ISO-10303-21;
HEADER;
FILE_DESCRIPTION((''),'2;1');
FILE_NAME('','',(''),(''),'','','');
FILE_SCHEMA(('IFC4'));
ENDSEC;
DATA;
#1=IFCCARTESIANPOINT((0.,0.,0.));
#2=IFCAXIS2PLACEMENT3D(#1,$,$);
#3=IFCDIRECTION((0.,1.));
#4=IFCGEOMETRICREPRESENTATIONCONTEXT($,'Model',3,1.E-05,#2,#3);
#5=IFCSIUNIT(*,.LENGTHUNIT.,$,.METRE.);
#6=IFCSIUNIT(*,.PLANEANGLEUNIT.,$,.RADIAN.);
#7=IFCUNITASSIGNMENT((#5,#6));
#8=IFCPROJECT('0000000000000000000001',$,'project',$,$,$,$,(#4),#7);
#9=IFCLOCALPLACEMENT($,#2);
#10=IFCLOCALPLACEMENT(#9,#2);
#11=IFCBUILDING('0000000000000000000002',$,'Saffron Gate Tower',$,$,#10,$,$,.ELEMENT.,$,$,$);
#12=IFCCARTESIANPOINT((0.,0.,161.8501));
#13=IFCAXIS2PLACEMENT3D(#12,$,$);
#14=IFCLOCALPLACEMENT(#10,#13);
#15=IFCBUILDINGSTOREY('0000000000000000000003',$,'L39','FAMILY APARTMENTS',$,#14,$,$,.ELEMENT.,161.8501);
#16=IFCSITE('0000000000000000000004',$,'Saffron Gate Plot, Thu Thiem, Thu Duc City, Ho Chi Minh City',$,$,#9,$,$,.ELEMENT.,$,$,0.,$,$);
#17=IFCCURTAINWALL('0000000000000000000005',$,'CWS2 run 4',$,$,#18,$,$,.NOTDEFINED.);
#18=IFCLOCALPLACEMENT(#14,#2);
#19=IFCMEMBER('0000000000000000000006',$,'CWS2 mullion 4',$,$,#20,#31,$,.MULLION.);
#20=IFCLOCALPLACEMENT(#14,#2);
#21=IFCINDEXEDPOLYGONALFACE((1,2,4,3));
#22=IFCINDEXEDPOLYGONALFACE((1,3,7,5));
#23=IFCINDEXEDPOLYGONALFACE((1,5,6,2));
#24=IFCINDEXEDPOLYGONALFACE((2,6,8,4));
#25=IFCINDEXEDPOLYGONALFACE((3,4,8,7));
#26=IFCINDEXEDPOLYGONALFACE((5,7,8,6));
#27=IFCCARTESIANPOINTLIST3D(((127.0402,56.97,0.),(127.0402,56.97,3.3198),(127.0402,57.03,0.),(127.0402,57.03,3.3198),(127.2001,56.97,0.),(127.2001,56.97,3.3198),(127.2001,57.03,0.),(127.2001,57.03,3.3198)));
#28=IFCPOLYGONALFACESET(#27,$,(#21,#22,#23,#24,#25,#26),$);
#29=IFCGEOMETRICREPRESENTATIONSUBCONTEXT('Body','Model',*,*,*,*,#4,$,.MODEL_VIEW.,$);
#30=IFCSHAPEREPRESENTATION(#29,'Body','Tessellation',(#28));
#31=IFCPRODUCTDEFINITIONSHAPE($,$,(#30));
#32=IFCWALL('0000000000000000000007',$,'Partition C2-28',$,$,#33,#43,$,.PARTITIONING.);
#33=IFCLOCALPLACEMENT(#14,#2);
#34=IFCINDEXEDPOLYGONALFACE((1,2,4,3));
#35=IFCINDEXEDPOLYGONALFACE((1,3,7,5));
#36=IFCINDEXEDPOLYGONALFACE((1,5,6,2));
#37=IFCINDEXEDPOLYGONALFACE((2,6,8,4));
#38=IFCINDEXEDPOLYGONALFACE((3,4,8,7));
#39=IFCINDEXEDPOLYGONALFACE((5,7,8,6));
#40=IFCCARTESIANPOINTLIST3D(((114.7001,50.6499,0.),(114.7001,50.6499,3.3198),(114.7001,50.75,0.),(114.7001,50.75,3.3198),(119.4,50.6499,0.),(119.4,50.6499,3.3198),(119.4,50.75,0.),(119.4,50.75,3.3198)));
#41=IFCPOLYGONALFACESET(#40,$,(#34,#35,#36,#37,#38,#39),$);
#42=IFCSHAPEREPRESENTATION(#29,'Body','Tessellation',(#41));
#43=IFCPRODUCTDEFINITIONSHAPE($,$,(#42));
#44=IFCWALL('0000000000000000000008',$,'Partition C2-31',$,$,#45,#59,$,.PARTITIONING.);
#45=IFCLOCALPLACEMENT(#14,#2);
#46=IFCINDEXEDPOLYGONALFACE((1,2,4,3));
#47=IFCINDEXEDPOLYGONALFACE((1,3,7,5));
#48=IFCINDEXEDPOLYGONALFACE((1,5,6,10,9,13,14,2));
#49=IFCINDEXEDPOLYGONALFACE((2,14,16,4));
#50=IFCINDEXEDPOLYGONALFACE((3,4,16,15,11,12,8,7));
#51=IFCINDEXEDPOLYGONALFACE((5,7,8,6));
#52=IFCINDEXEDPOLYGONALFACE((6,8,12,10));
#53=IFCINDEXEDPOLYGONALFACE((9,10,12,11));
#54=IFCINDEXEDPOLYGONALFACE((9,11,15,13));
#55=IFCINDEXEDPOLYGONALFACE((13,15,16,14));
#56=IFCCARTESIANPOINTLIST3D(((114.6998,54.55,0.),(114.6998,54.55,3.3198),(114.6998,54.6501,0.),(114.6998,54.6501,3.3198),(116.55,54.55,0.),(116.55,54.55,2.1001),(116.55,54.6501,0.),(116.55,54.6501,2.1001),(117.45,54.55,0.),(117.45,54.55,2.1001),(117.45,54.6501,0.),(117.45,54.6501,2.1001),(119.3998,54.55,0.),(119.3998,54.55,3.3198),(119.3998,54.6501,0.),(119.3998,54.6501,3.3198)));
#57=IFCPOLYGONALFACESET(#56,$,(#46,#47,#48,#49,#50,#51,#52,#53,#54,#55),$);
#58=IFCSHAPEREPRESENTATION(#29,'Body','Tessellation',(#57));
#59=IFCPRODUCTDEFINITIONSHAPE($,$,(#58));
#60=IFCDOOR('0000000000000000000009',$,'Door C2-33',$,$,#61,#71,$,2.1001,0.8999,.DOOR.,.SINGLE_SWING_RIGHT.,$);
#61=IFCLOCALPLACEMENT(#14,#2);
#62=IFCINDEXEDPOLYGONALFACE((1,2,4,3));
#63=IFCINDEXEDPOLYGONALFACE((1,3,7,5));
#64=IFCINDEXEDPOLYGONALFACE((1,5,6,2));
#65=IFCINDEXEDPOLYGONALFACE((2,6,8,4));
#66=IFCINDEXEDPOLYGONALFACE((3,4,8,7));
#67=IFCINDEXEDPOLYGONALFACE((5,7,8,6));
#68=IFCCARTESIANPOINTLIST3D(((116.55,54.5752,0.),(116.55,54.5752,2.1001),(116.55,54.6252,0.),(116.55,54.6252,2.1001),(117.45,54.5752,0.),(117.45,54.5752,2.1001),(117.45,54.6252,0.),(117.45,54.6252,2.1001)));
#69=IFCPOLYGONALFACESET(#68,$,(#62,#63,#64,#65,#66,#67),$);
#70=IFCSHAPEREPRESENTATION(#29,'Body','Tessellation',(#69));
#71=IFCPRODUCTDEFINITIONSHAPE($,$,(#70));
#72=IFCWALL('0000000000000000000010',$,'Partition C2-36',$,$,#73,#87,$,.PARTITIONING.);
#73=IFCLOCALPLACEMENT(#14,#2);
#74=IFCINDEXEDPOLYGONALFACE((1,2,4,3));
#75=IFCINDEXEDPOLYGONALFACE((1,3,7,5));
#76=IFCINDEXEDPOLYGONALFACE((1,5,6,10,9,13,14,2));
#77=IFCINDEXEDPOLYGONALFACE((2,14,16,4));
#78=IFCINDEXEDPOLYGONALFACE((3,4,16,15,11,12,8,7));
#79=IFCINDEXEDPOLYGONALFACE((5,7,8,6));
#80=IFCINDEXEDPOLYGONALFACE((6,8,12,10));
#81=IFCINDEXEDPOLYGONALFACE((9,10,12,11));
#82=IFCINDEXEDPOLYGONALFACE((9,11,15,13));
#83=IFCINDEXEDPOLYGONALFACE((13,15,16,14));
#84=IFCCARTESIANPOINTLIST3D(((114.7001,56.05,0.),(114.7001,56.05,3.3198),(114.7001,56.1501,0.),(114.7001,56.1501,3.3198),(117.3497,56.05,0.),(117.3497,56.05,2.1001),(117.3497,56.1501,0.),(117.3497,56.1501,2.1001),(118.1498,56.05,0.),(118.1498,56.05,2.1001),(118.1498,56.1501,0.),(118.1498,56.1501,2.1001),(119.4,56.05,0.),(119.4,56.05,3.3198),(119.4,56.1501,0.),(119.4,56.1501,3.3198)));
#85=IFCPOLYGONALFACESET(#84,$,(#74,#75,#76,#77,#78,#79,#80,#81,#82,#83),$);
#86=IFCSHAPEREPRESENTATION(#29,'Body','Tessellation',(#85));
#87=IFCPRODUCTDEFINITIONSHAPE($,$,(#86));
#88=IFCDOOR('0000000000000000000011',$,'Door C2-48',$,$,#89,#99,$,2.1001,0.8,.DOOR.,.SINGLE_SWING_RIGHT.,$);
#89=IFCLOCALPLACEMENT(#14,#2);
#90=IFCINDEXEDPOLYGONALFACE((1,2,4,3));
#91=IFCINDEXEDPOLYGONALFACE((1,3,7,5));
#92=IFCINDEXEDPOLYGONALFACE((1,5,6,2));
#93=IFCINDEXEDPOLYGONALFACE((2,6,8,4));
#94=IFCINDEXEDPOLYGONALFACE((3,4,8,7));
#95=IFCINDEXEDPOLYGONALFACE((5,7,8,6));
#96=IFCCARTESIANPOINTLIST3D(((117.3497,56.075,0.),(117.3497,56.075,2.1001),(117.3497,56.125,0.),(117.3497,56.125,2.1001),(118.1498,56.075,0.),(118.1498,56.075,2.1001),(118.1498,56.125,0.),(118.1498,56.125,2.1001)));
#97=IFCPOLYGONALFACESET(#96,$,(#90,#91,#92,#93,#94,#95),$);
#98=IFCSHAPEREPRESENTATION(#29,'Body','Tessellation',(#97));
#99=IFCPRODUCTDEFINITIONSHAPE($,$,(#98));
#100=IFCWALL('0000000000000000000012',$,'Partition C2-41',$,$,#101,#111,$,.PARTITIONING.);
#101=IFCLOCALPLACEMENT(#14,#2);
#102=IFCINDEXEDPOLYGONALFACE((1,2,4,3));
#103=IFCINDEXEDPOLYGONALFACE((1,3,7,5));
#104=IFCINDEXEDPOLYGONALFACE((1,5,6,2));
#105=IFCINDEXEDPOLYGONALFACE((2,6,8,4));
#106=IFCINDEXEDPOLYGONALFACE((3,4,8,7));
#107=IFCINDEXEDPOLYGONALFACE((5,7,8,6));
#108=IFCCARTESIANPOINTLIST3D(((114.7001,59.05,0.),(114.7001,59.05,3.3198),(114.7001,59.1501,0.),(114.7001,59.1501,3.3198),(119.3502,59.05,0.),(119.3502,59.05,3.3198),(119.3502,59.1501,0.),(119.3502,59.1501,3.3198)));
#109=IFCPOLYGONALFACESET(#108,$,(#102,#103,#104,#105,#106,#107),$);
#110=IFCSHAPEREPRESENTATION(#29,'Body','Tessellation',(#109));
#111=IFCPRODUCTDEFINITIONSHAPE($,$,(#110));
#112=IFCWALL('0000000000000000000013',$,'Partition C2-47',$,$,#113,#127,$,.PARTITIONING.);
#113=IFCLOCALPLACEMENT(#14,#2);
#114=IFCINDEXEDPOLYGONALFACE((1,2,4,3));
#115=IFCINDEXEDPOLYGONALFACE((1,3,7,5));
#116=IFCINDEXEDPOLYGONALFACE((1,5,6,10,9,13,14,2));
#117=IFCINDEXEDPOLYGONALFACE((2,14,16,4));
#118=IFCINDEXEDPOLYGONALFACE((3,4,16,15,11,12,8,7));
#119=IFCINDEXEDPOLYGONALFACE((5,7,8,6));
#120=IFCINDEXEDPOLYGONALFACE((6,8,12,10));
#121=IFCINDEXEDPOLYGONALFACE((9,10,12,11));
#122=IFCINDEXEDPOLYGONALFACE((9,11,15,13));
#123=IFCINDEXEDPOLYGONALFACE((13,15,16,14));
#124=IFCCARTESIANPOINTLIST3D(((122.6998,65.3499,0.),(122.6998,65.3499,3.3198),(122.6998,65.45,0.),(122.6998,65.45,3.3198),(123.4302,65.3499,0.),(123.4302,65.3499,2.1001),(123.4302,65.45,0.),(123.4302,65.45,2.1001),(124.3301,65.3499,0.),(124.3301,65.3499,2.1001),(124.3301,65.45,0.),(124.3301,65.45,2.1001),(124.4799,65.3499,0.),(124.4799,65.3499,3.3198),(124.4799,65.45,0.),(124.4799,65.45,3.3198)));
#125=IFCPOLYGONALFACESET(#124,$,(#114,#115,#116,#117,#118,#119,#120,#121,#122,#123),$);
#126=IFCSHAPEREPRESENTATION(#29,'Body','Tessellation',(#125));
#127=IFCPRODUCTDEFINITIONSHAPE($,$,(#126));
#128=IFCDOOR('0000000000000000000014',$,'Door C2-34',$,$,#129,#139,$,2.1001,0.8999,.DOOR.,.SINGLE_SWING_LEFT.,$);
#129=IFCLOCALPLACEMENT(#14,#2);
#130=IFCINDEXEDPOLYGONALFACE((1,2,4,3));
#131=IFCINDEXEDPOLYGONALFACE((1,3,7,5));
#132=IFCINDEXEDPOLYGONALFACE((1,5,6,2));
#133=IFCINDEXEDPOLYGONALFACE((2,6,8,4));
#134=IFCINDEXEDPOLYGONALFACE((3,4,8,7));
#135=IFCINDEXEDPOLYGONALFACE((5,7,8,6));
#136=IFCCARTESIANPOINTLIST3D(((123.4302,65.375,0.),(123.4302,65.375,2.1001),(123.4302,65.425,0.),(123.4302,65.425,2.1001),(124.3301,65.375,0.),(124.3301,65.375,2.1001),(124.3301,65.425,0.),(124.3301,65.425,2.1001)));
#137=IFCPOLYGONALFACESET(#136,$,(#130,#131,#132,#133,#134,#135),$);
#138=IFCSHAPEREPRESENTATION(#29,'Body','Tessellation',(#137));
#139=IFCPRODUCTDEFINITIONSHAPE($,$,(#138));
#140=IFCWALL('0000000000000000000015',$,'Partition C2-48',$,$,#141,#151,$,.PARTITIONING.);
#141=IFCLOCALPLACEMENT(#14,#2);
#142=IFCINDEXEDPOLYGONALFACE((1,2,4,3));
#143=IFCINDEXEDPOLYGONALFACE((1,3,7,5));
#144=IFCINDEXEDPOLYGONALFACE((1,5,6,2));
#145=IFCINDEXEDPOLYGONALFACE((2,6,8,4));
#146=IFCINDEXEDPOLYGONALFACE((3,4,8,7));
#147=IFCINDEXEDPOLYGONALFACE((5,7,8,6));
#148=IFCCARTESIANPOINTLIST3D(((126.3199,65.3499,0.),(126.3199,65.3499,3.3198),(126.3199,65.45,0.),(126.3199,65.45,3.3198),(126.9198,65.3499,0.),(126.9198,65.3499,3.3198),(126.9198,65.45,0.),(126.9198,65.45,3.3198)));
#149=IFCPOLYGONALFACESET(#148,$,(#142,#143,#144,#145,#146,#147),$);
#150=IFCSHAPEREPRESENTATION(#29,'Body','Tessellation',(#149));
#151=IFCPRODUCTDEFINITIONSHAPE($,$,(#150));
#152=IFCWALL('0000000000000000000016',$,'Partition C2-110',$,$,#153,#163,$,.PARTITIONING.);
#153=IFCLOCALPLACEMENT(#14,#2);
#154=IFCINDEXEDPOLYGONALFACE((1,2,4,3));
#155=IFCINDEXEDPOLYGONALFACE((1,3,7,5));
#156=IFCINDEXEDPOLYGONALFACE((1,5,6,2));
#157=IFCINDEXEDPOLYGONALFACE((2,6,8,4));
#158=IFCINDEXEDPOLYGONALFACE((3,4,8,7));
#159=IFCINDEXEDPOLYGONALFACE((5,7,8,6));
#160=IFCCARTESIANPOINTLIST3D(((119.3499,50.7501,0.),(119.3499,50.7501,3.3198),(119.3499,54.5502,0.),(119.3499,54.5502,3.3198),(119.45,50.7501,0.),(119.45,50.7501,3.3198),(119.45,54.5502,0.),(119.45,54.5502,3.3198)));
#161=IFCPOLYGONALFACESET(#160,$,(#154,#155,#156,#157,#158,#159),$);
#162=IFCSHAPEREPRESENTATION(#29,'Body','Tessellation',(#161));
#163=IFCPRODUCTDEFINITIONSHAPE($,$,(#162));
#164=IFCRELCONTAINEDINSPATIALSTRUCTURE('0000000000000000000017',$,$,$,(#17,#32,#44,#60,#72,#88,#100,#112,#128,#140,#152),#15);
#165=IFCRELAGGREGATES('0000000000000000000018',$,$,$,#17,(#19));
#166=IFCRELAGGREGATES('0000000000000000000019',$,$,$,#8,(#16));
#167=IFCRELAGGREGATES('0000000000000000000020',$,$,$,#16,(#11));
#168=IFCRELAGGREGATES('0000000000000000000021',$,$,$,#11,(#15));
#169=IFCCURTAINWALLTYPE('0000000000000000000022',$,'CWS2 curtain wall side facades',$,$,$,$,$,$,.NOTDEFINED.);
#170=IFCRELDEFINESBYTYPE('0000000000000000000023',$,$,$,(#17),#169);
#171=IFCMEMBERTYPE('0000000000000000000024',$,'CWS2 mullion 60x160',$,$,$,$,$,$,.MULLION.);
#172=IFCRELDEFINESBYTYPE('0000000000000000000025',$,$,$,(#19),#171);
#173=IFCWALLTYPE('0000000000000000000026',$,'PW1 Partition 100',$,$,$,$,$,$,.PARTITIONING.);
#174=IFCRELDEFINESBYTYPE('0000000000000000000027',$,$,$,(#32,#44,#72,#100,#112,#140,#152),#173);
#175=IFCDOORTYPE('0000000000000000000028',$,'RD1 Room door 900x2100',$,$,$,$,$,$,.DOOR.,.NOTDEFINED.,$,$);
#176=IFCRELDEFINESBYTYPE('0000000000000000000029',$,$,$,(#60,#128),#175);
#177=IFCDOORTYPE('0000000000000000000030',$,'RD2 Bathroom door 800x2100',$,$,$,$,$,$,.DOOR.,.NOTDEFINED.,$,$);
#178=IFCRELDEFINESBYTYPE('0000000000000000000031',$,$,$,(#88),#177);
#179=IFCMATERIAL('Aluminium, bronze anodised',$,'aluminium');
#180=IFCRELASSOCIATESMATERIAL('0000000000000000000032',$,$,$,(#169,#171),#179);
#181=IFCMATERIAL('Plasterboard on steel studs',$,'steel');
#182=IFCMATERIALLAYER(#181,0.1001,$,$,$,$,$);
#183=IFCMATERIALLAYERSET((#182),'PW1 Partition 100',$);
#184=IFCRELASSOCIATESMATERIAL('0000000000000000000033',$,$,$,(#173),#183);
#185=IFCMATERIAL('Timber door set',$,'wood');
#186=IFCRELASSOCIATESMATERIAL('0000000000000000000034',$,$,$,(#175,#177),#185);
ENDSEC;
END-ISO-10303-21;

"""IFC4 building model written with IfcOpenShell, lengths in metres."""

from ifc_helpers import new_model, si_unit, direction, frame, frame_2d, origin, origin_2d, place, context, subcontext, project, spatial, rectangle, extrude, material, layer, layer_set, material_profile, profile_set, type_object, element, fill, aggregate, save


model = new_model("IFC4")

# Units and contexts
model_context = context("Model", 3, precision=1e-05, world=origin(), true_north=direction((0.0, 1.0)))
body_context = subcontext(model_context, "Body", "Model", "MODEL_VIEW")
ifc_project = project(units=[si_unit("LENGTHUNIT", "METRE"), si_unit("PLANEANGLEUNIT", "RADIAN")], contexts=[model_context])

# Site, building, storey
site_placement = place(None, origin())
site = spatial("IfcSite", under=ifc_project, at=site_placement, Name="Saffron Gate Plot, Thu Thiem, Thu Duc City, Ho Chi Minh City", CompositionType="ELEMENT", RefElevation=0.0)
building_placement = place(site_placement, origin())
building = spatial("IfcBuilding", under=site, at=building_placement, Name="Saffron Gate Tower", CompositionType="ELEMENT")
storey_placement = place(building_placement, frame((0.0, 0.0, 161.8501)))
storey = spatial("IfcBuildingStorey", under=building, at=storey_placement, Name="L39", Description="FAMILY APARTMENTS", CompositionType="ELEMENT", Elevation=161.8501)

# Curtain wall, member
ifc_material_1 = material(Name="Aluminium, bronze anodised", Category="aluminium")
curtain_wall_type = type_object("IfcCurtainWallType", Name="CWS2 curtain wall side facades", PredefinedType="NOTDEFINED", material=ifc_material_1)
curtain_wall_placement = place(storey_placement, origin())
curtain_wall = element("IfcCurtainWall", 1, at=curtain_wall_placement, inside=storey, type_object=curtain_wall_type, Name="CWS2 run 4", PredefinedType="NOTDEFINED")
ifc_material_profile_1 = material_profile(ifc_material_1, rectangle(XDim=0.1599, YDim=0.0601, at=origin_2d()))
ifc_profile_set_1 = profile_set([ifc_material_profile_1], Name="Aluminium, bronze anodised")
member_type = type_object("IfcMemberType", Name="CWS2 mullion 60x160", PredefinedType="MULLION", material=ifc_profile_set_1)
member_placement = place(storey_placement, frame((127.1201, 57.0, 0.0), z_axis=(0.0, 0.0, 1.0), x_axis=(-1.0, 0.0, 0.0)))
member = element("IfcMember", 2, at=member_placement, type_object=member_type, Name="CWS2 mullion 4", PredefinedType="MULLION", context=body_context, shape_type="SweptSolid", body=[
    extrude(rectangle(XDim=0.1599, YDim=0.0601, at=origin_2d()), origin(), (0.0, 0.0, 1.0), 3.3198),
])
aggregate(curtain_wall, [member])

# Wall
ifc_material_2 = material(Name="Plasterboard on steel studs", Category="steel")
ifc_layer_1 = layer(ifc_material_2, 0.1001)
ifc_layer_set_1 = layer_set([ifc_layer_1], Name="PW1 Partition 100")
wall_type_1 = type_object("IfcWallType", Name="PW1 Partition 100", PredefinedType="PARTITIONING", material=ifc_layer_set_1)
wall_1_placement = place(storey_placement, frame((114.7, 50.7, 0.0), z_axis=(0.0, 0.0, 1.0), x_axis=(1.0, 0.0, 0.0)))
element("IfcWall", 3, at=wall_1_placement, inside=storey, type_object=wall_type_1, Name="Partition C2-28", PredefinedType="PARTITIONING", context=body_context, shape_type="SweptSolid", body=[
    extrude(rectangle(XDim=4.7, YDim=0.1001, at=frame_2d((2.3501, 0.0))), origin(), (0.0, 0.0, 1.0), 3.3198),
])

# Walls, openings, doors
wall_2_placement = place(storey_placement, frame((119.3999, 54.6001, 0.0), z_axis=(0.0, 0.0, 1.0), x_axis=(-1.0, 0.0, 0.0)))
wall_2 = element("IfcWall", 4, at=wall_2_placement, inside=storey, type_object=wall_type_1, Name="Partition C2-31", PredefinedType="PARTITIONING", context=body_context, shape_type="SweptSolid", body=[
    extrude(rectangle(XDim=4.7, YDim=0.1001, at=frame_2d((2.3501, 0.0))), origin(), (0.0, 0.0, 1.0), 3.3198),
])
opening_1_placement = place(wall_2_placement, frame((1.95, 0.0, 0.0)))
opening_1 = element("IfcOpeningElement", 5, at=opening_1_placement, cuts=wall_2, PredefinedType="OPENING", context=body_context, shape_type="SweptSolid", body=[
    extrude(rectangle(XDim=0.8999, YDim=2.1001, at=frame_2d((0.45, 1.05))), frame((0.0, 0.0601, 0.0), z_axis=(0.0, -1.0, 0.0), x_axis=(1.0, 0.0, 0.0)), (0.0, 0.0, 1.0), 0.1201),
])
ifc_material_3 = material(Name="Timber door set", Category="wood")
door_type_1 = type_object("IfcDoorType", Name="RD1 Room door 900x2100", OperationType="NOTDEFINED", PredefinedType="DOOR", material=ifc_material_3)
door_1_placement = place(opening_1_placement, origin())
door_1 = element("IfcDoor", 6, at=door_1_placement, inside=storey, type_object=door_type_1, Name="Door C2-33", OperationType="SINGLE_SWING_RIGHT", OverallHeight=2.1001, OverallWidth=0.8999, PredefinedType="DOOR", context=body_context, shape_type="SweptSolid", body=[
    extrude(rectangle(XDim=0.8999, YDim=2.1001, at=frame_2d((0.45, 1.05))), frame((0.0, 0.0249, 0.0), z_axis=(0.0, -1.0, 0.0), x_axis=(1.0, 0.0, 0.0)), (0.0, 0.0, 1.0), 0.05),
])
fill(opening_1, door_1)
wall_3_placement = place(storey_placement, frame((114.7, 56.1001, 0.0), z_axis=(0.0, 0.0, 1.0), x_axis=(1.0, 0.0, 0.0)))
wall_3 = element("IfcWall", 7, at=wall_3_placement, inside=storey, type_object=wall_type_1, Name="Partition C2-36", PredefinedType="PARTITIONING", context=body_context, shape_type="SweptSolid", body=[
    extrude(rectangle(XDim=4.7, YDim=0.1001, at=frame_2d((2.3501, 0.0))), origin(), (0.0, 0.0, 1.0), 3.3198),
])
opening_2_placement = place(wall_3_placement, frame((2.6499, 0.0, 0.0)))
opening_2 = element("IfcOpeningElement", 8, at=opening_2_placement, cuts=wall_3, PredefinedType="OPENING", context=body_context, shape_type="SweptSolid", body=[
    extrude(rectangle(XDim=0.8, YDim=2.1001, at=frame_2d((0.3999, 1.05))), frame((0.0, 0.0601, 0.0), z_axis=(0.0, -1.0, 0.0), x_axis=(1.0, 0.0, 0.0)), (0.0, 0.0, 1.0), 0.1201),
])
door_type_2 = type_object("IfcDoorType", Name="RD2 Bathroom door 800x2100", OperationType="NOTDEFINED", PredefinedType="DOOR", material=ifc_material_3)
door_2_placement = place(opening_2_placement, origin())
door_2 = element("IfcDoor", 9, at=door_2_placement, inside=storey, type_object=door_type_2, Name="Door C2-48", OperationType="SINGLE_SWING_RIGHT", OverallHeight=2.1001, OverallWidth=0.8, PredefinedType="DOOR", context=body_context, shape_type="SweptSolid", body=[
    extrude(rectangle(XDim=0.8, YDim=2.1001, at=frame_2d((0.3999, 1.05))), frame((0.0, 0.0249, 0.0), z_axis=(0.0, -1.0, 0.0), x_axis=(1.0, 0.0, 0.0)), (0.0, 0.0, 1.0), 0.05),
])
fill(opening_2, door_2)

# Wall
wall_4_placement = place(storey_placement, frame((114.7, 59.1001, 0.0), z_axis=(0.0, 0.0, 1.0), x_axis=(1.0, 0.0, 0.0)))
element("IfcWall", 10, at=wall_4_placement, inside=storey, type_object=wall_type_1, Name="Partition C2-41", PredefinedType="PARTITIONING", context=body_context, shape_type="SweptSolid", body=[
    extrude(rectangle(XDim=4.6501, YDim=0.1001, at=frame_2d((2.3252, 0.0))), origin(), (0.0, 0.0, 1.0), 3.3198),
])

# Wall, opening, door
wall_5_placement = place(storey_placement, frame((124.48, 65.3999, 0.0), z_axis=(0.0, 0.0, 1.0), x_axis=(-1.0, 0.0, 0.0)))
wall_5 = element("IfcWall", 11, at=wall_5_placement, inside=storey, type_object=wall_type_1, Name="Partition C2-47", PredefinedType="PARTITIONING", context=body_context, shape_type="SweptSolid", body=[
    extrude(rectangle(XDim=1.78, YDim=0.1001, at=frame_2d((0.8901, 0.0))), origin(), (0.0, 0.0, 1.0), 3.3198),
])
opening_3_placement = place(wall_5_placement, frame((0.1499, 0.0, 0.0)))
opening_3 = element("IfcOpeningElement", 12, at=opening_3_placement, cuts=wall_5, PredefinedType="OPENING", context=body_context, shape_type="SweptSolid", body=[
    extrude(rectangle(XDim=0.8999, YDim=2.1001, at=frame_2d((0.45, 1.05))), frame((0.0, 0.0601, 0.0), z_axis=(0.0, -1.0, 0.0), x_axis=(1.0, 0.0, 0.0)), (0.0, 0.0, 1.0), 0.1201),
])
door_3_placement = place(opening_3_placement, origin())
door_3 = element("IfcDoor", 13, at=door_3_placement, inside=storey, type_object=door_type_1, Name="Door C2-34", OperationType="SINGLE_SWING_LEFT", OverallHeight=2.1001, OverallWidth=0.8999, PredefinedType="DOOR", context=body_context, shape_type="SweptSolid", body=[
    extrude(rectangle(XDim=0.8999, YDim=2.1001, at=frame_2d((0.45, 1.05))), frame((0.0, 0.0249, 0.0), z_axis=(0.0, -1.0, 0.0), x_axis=(1.0, 0.0, 0.0)), (0.0, 0.0, 1.0), 0.05),
])
fill(opening_3, door_3)

# Walls
wall_6_placement = place(storey_placement, frame((126.3201, 65.3999, 0.0), z_axis=(0.0, 0.0, 1.0), x_axis=(1.0, 0.0, 0.0)))
element("IfcWall", 14, at=wall_6_placement, inside=storey, type_object=wall_type_1, Name="Partition C2-48", PredefinedType="PARTITIONING", context=body_context, shape_type="SweptSolid", body=[
    extrude(rectangle(XDim=0.5999, YDim=0.1001, at=frame_2d((0.2998, 0.0))), origin(), (0.0, 0.0, 1.0), 3.3198),
])
wall_7_placement = place(storey_placement, frame((119.3999, 54.55, 0.0), z_axis=(0.0, 0.0, 1.0), x_axis=(0.0, -1.0, 0.0)))
element("IfcWall", 15, at=wall_7_placement, inside=storey, type_object=wall_type_1, Name="Partition C2-110", PredefinedType="PARTITIONING", context=body_context, shape_type="SweptSolid", body=[
    extrude(rectangle(XDim=3.8, YDim=0.1001, at=frame_2d((1.8999, 0.0))), origin(), (0.0, 0.0, 1.0), 3.3198),
])

save(model, "model.ifc")
